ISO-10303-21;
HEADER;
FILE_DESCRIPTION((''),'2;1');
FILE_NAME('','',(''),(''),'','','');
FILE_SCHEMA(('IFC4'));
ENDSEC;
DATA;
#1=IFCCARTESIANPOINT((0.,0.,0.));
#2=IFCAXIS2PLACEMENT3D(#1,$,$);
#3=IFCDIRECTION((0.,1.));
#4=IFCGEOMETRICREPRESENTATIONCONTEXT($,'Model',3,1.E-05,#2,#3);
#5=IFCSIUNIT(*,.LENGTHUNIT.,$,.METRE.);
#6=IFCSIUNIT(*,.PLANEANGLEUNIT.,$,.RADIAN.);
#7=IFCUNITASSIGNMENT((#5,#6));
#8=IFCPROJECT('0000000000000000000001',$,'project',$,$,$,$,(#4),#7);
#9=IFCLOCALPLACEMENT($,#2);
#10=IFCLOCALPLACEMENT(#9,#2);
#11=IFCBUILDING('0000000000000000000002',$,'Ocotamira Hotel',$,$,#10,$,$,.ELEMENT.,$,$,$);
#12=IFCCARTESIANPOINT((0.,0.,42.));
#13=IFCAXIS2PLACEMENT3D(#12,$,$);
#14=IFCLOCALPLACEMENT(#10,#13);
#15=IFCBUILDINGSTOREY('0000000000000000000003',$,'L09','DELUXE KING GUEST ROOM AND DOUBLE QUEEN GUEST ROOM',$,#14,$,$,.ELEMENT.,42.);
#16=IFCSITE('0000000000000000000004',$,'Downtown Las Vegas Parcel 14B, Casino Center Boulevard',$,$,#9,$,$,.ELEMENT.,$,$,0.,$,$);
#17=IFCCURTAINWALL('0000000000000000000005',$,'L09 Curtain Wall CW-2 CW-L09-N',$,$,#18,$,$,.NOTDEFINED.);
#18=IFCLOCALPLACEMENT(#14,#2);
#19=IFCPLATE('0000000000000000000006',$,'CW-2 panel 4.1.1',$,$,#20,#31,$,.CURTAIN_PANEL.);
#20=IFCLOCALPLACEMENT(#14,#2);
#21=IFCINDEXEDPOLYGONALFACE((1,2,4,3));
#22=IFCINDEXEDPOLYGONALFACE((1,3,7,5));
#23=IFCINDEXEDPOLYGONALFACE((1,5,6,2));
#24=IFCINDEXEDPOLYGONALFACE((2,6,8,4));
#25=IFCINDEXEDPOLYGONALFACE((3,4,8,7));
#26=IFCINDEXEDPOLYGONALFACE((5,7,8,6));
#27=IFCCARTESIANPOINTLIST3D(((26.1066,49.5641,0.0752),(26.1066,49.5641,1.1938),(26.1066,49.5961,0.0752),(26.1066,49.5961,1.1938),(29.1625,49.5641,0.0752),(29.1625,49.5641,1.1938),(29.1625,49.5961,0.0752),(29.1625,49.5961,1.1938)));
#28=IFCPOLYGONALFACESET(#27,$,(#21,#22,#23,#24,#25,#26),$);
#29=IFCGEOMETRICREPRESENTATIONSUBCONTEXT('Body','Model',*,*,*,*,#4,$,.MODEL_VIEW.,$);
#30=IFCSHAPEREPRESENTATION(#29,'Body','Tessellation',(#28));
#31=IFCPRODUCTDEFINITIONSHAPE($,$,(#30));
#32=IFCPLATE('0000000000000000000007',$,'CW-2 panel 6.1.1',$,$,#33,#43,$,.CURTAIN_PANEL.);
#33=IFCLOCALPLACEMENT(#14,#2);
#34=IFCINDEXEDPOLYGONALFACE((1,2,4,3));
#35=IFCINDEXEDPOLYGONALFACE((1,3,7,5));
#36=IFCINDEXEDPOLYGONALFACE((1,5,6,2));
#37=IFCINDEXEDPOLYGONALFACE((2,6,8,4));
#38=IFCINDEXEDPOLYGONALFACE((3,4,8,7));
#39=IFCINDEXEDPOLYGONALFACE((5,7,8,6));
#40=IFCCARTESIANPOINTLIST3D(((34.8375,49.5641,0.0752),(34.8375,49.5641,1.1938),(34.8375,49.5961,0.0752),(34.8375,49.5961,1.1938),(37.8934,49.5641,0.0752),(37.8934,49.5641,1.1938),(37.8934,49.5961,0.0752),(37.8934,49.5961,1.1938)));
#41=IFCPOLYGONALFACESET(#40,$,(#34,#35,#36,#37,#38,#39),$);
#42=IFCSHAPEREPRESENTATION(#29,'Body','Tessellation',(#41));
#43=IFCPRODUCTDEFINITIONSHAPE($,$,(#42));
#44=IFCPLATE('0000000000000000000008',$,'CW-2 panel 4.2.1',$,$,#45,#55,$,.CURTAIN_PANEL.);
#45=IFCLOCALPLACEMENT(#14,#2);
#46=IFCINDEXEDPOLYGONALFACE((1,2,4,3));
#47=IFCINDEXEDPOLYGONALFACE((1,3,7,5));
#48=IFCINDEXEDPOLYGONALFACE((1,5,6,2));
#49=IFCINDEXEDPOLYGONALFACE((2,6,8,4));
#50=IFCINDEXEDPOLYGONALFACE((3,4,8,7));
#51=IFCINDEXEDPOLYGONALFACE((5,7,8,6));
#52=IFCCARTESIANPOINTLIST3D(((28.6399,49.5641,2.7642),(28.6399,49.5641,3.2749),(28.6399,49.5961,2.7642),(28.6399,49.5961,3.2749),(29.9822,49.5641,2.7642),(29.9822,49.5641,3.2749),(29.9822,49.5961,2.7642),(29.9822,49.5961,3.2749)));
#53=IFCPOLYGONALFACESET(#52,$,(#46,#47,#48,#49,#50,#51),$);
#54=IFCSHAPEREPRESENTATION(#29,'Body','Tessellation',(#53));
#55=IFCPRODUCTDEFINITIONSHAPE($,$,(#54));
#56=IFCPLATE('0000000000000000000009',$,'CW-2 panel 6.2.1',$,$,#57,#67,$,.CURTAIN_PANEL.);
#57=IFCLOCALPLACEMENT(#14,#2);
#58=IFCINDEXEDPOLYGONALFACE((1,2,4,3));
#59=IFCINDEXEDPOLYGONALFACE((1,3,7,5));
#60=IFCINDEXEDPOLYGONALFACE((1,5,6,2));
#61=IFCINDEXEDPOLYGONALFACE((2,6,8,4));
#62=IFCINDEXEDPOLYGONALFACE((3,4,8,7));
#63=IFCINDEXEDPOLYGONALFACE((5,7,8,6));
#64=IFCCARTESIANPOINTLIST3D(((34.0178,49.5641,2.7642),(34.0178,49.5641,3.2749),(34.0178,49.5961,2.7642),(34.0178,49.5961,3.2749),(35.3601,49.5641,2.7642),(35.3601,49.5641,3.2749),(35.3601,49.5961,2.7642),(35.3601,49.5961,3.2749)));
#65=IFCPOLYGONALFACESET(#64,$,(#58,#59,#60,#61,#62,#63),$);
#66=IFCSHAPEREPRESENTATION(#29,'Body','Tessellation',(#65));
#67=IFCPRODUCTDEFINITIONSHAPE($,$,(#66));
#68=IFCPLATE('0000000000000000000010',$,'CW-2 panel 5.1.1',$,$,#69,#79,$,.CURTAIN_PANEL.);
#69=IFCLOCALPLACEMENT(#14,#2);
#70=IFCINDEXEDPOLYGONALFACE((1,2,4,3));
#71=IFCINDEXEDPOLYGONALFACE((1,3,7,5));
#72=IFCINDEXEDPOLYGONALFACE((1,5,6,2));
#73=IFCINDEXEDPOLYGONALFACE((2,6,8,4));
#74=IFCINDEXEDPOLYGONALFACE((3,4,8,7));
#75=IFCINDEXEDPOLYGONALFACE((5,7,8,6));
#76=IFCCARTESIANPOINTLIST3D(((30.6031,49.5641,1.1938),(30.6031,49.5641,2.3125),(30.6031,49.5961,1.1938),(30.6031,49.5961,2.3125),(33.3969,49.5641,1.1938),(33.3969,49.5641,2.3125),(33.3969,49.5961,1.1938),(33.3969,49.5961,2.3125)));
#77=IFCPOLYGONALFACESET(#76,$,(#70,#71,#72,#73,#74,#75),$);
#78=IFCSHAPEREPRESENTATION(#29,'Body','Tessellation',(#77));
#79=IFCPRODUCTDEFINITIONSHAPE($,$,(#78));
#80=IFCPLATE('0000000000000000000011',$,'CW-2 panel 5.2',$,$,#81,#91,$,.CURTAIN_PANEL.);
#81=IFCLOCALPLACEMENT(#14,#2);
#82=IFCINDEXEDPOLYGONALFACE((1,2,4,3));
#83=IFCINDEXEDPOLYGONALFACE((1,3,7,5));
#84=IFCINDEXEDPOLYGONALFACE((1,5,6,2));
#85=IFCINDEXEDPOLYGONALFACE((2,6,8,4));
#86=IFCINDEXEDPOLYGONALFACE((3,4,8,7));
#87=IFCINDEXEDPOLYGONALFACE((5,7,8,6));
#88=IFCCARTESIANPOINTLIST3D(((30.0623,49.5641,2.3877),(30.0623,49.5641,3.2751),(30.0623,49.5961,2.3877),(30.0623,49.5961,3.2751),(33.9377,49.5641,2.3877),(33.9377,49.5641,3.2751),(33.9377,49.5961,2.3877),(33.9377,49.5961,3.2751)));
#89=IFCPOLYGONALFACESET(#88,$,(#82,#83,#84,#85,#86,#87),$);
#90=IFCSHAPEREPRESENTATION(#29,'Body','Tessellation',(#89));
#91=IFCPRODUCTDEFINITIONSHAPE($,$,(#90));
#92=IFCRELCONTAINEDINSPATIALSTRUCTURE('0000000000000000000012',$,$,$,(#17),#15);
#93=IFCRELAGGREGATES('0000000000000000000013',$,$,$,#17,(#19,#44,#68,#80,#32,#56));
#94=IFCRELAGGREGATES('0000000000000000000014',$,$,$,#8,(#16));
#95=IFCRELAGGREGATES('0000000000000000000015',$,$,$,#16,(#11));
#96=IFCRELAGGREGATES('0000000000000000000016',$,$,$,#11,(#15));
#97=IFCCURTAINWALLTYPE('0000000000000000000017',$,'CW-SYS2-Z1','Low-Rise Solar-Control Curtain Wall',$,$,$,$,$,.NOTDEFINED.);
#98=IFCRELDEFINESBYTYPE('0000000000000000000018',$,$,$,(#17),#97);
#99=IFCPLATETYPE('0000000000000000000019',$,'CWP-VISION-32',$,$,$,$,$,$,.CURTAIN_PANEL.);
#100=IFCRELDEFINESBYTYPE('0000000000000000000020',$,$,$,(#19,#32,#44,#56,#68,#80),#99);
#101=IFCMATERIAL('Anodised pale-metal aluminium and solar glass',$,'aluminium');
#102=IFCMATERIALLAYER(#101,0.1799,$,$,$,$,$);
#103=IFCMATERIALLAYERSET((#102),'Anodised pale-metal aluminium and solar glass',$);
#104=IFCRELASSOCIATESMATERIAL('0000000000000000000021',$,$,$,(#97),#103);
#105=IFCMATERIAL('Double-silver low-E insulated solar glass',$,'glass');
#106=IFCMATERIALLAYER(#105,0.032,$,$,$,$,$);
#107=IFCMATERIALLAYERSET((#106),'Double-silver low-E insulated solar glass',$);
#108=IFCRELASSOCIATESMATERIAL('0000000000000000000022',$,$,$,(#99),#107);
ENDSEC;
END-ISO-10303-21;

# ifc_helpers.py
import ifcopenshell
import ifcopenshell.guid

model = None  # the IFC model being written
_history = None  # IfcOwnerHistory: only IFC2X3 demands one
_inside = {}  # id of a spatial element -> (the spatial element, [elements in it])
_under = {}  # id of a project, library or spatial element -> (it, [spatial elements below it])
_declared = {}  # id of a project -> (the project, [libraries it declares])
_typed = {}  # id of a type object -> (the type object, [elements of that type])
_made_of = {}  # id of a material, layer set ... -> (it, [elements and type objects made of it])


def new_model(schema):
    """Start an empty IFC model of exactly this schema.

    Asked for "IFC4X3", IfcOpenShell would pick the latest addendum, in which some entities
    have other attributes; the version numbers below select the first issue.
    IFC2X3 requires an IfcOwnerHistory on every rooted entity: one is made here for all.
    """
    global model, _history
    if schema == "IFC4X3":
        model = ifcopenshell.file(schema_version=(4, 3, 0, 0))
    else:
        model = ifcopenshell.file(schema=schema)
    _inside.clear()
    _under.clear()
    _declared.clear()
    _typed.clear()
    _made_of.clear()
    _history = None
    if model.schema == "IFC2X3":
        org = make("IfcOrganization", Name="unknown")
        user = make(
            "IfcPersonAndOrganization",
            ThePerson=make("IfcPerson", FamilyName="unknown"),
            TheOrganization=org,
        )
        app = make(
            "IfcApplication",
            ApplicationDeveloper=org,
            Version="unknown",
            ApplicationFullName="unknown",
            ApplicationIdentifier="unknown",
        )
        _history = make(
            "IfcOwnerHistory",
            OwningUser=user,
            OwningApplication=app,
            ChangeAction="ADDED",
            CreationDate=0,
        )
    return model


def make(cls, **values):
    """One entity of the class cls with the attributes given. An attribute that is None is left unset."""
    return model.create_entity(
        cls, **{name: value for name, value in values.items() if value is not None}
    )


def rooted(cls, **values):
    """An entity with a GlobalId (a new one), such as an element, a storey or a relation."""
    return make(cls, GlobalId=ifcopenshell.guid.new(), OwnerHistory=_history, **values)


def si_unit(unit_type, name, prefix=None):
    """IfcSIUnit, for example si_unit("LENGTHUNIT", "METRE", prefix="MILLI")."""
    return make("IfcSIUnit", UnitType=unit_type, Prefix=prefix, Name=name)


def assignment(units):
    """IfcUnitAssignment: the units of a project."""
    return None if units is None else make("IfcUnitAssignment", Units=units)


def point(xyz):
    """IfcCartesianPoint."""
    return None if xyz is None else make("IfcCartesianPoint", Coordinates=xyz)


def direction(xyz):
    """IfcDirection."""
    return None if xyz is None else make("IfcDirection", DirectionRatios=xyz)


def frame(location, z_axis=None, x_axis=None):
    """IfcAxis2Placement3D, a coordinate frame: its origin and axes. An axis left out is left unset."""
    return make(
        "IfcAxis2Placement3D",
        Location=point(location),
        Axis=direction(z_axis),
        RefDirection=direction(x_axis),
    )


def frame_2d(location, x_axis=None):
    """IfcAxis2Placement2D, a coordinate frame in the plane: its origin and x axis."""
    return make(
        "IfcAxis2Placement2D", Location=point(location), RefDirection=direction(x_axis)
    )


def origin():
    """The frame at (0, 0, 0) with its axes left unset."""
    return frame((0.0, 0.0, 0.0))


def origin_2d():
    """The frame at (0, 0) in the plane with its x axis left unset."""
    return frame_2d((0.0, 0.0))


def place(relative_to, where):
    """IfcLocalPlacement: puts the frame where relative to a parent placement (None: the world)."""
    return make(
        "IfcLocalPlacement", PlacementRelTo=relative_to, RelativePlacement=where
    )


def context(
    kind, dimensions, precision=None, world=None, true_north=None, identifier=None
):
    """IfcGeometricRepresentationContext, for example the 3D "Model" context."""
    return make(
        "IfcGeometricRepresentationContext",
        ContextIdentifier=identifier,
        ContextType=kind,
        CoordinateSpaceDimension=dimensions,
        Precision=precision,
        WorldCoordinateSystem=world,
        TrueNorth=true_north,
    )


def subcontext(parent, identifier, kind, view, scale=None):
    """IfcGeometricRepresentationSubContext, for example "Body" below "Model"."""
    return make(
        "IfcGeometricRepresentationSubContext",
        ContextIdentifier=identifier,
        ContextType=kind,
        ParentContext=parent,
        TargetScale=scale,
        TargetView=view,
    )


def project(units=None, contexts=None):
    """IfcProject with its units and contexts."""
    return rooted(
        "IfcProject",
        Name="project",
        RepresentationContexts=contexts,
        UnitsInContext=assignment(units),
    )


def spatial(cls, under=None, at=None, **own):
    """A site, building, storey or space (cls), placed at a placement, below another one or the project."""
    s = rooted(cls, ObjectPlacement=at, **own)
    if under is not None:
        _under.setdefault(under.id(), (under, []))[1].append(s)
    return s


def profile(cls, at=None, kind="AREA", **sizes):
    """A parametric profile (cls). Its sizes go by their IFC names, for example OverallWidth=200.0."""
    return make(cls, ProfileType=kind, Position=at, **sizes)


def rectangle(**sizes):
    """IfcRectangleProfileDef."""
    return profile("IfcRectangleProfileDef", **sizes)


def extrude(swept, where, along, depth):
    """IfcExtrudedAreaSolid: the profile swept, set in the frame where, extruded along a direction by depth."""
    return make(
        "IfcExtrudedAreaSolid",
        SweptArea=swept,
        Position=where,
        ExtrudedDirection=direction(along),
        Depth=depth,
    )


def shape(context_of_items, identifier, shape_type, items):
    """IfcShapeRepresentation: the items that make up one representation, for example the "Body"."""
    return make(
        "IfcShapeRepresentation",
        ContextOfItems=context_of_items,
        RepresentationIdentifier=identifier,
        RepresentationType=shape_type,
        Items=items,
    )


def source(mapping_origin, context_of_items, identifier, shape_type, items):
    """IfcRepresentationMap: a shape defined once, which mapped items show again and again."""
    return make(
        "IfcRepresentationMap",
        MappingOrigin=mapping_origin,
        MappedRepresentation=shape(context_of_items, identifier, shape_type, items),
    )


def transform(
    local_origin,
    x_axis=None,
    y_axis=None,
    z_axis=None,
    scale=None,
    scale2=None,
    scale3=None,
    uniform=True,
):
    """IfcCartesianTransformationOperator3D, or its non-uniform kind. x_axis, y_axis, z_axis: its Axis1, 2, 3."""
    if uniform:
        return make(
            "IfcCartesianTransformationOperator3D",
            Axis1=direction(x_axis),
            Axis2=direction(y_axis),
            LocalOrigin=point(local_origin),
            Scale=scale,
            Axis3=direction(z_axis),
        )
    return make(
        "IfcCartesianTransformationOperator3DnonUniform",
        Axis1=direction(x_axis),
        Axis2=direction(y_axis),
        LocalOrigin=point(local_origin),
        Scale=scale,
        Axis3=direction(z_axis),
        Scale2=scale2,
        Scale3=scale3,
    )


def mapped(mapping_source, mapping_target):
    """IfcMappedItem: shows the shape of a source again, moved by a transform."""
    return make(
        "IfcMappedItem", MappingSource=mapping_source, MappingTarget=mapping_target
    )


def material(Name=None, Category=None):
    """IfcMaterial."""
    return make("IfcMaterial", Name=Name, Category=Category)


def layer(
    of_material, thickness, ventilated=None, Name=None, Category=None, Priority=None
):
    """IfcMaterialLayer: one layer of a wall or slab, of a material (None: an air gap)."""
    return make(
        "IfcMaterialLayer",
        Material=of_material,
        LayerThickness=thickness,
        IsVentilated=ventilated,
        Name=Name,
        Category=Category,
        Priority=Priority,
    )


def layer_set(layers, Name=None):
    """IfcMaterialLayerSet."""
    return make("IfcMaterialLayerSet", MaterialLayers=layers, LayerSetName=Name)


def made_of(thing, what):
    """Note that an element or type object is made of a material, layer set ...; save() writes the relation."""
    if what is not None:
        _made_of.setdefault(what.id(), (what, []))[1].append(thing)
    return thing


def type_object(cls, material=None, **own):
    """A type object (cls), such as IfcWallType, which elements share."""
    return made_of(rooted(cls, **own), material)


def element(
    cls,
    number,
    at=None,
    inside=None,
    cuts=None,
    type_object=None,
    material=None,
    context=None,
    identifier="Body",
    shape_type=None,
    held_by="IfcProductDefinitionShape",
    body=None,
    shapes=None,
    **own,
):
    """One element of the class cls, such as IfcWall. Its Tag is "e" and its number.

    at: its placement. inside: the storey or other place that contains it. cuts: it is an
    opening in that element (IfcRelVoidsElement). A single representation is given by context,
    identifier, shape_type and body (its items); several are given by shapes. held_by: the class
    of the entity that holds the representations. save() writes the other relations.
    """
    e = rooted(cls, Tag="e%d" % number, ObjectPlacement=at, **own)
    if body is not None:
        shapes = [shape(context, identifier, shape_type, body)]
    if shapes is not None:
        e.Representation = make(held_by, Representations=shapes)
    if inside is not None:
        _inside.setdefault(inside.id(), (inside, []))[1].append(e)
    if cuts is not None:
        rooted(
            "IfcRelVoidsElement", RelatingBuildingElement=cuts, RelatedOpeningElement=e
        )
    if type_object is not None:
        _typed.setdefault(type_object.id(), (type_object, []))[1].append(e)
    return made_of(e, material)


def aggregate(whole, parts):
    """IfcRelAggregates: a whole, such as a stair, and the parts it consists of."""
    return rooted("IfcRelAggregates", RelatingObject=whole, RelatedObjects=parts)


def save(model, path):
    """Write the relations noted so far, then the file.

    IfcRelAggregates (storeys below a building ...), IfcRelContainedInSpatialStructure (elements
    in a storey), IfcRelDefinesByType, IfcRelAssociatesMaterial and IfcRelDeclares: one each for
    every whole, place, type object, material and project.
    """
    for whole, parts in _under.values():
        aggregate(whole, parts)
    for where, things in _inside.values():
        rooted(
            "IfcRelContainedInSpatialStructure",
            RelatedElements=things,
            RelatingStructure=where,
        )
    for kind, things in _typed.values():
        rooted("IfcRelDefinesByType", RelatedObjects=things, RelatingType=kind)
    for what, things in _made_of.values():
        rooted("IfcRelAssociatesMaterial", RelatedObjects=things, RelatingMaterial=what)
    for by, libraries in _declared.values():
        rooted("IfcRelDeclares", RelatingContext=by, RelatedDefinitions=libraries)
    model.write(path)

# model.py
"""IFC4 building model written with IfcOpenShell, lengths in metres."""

from ifc_helpers import new_model, si_unit, direction, frame, origin, origin_2d, place, context, subcontext, project, spatial, rectangle, extrude, source, transform, mapped, material, layer, layer_set, type_object, element, aggregate, save


model = new_model("IFC4")

# Units and contexts
model_context = context("Model", 3, precision=1e-05, world=origin(), true_north=direction((0.0, 1.0)))
body_context = subcontext(model_context, "Body", "Model", "MODEL_VIEW")
ifc_project = project(units=[si_unit("LENGTHUNIT", "METRE"), si_unit("PLANEANGLEUNIT", "RADIAN")], contexts=[model_context])

# Site, building, storey
site_placement = place(None, origin())
site = spatial("IfcSite", under=ifc_project, at=site_placement, Name="Downtown Las Vegas Parcel 14B, Casino Center Boulevard", CompositionType="ELEMENT", RefElevation=0.0)
building_placement = place(site_placement, origin())
building = spatial("IfcBuilding", under=site, at=building_placement, Name="Ocotamira Hotel", CompositionType="ELEMENT")
storey_placement = place(building_placement, frame((0.0, 0.0, 42.0)))
storey = spatial("IfcBuildingStorey", under=building, at=storey_placement, Name="L09", Description="DELUXE KING GUEST ROOM AND DOUBLE QUEEN GUEST ROOM", CompositionType="ELEMENT", Elevation=42.0)

# Curtain wall
ifc_material_1 = material(Name="Anodised pale-metal aluminium and solar glass", Category="aluminium")
ifc_layer_1 = layer(ifc_material_1, 0.1799)
ifc_layer_set_1 = layer_set([ifc_layer_1], Name="Anodised pale-metal aluminium and solar glass")
curtain_wall_type = type_object("IfcCurtainWallType", Name="CW-SYS2-Z1", Description="Low-Rise Solar-Control Curtain Wall", PredefinedType="NOTDEFINED", material=ifc_layer_set_1)
curtain_wall_placement = place(storey_placement, origin())
curtain_wall = element("IfcCurtainWall", 1, at=curtain_wall_placement, inside=storey, type_object=curtain_wall_type, Name="L09 Curtain Wall CW-2 CW-L09-N", PredefinedType="NOTDEFINED")

# Plates
ifc_material_2 = material(Name="Double-silver low-E insulated solar glass", Category="glass")
ifc_layer_2 = layer(ifc_material_2, 0.032)
ifc_layer_set_2 = layer_set([ifc_layer_2], Name="Double-silver low-E insulated solar glass")
plate_type_1 = type_object("IfcPlateType", Name="CWP-VISION-32", PredefinedType="CURTAIN_PANEL", material=ifc_layer_set_2)
shared_shape_1 = source(origin(), body_context, "Body", "SweptSolid", [
    extrude(rectangle(XDim=3.0559, YDim=0.032, at=origin_2d()), origin(), (0.0, 0.0, 1.0), 1.1187),
])
plate_1_placement = place(storey_placement, frame((27.6345, 49.5801, 0.0752), z_axis=(0.0, 0.0, 1.0), x_axis=(1.0, 0.0, 0.0)))
plate_1 = element("IfcPlate", 2, at=plate_1_placement, type_object=plate_type_1, Name="CW-2 panel 4.1.1", PredefinedType="CURTAIN_PANEL", context=body_context, shape_type="MappedRepresentation", body=[
    mapped(shared_shape_1, transform((0.0, 0.0, 0.0), scale=1.0)),
])
plate_2_placement = place(storey_placement, frame((36.3655, 49.5801, 0.0752), z_axis=(0.0, 0.0, 1.0), x_axis=(1.0, 0.0, 0.0)))
plate_2 = element("IfcPlate", 3, at=plate_2_placement, type_object=plate_type_1, Name="CW-2 panel 6.1.1", PredefinedType="CURTAIN_PANEL", context=body_context, shape_type="MappedRepresentation", body=[
    mapped(shared_shape_1, transform((0.0, 0.0, 0.0), scale=1.0)),
])
shared_shape_2 = source(origin(), body_context, "Body", "SweptSolid", [
    extrude(rectangle(XDim=1.3423, YDim=0.032, at=origin_2d()), origin(), (0.0, 0.0, 1.0), 0.5107),
])
plate_3_placement = place(storey_placement, frame((29.311, 49.5801, 2.7642), z_axis=(0.0, 0.0, 1.0), x_axis=(1.0, 0.0, 0.0)))
plate_3 = element("IfcPlate", 4, at=plate_3_placement, type_object=plate_type_1, Name="CW-2 panel 4.2.1", PredefinedType="CURTAIN_PANEL", context=body_context, shape_type="MappedRepresentation", body=[
    mapped(shared_shape_2, transform((0.0, 0.0, 0.0), scale=1.0)),
])
plate_4_placement = place(storey_placement, frame((34.689, 49.5801, 2.7642), z_axis=(0.0, 0.0, 1.0), x_axis=(1.0, 0.0, 0.0)))
plate_4 = element("IfcPlate", 5, at=plate_4_placement, type_object=plate_type_1, Name="CW-2 panel 6.2.1", PredefinedType="CURTAIN_PANEL", context=body_context, shape_type="MappedRepresentation", body=[
    mapped(shared_shape_2, transform((0.0, 0.0, 0.0), scale=1.0)),
])
shared_shape_3 = source(origin(), body_context, "Body", "SweptSolid", [
    extrude(rectangle(XDim=2.7937, YDim=0.032, at=origin_2d()), origin(), (0.0, 0.0, 1.0), 1.1187),
])
plate_5_placement = place(storey_placement, frame((32.0, 49.5801, 1.1938), z_axis=(0.0, 0.0, 1.0), x_axis=(1.0, 0.0, 0.0)))
plate_5 = element("IfcPlate", 6, at=plate_5_placement, type_object=plate_type_1, Name="CW-2 panel 5.1.1", PredefinedType="CURTAIN_PANEL", context=body_context, shape_type="MappedRepresentation", body=[
    mapped(shared_shape_3, transform((0.0, 0.0, 0.0), scale=1.0)),
])
shared_shape_4 = source(origin(), body_context, "Body", "SweptSolid", [
    extrude(rectangle(XDim=3.8755, YDim=0.032, at=origin_2d()), origin(), (0.0, 0.0, 1.0), 0.8875),
])
plate_6_placement = place(storey_placement, frame((32.0, 49.5801, 2.3877), z_axis=(0.0, 0.0, 1.0), x_axis=(1.0, 0.0, 0.0)))
plate_6 = element("IfcPlate", 7, at=plate_6_placement, type_object=plate_type_1, Name="CW-2 panel 5.2", PredefinedType="CURTAIN_PANEL", context=body_context, shape_type="MappedRepresentation", body=[
    mapped(shared_shape_4, transform((0.0, 0.0, 0.0), scale=1.0)),
])
aggregate(curtain_wall, [plate_1, plate_3, plate_5, plate_6, plate_2, plate_4])

save(model, "model.ifc")
